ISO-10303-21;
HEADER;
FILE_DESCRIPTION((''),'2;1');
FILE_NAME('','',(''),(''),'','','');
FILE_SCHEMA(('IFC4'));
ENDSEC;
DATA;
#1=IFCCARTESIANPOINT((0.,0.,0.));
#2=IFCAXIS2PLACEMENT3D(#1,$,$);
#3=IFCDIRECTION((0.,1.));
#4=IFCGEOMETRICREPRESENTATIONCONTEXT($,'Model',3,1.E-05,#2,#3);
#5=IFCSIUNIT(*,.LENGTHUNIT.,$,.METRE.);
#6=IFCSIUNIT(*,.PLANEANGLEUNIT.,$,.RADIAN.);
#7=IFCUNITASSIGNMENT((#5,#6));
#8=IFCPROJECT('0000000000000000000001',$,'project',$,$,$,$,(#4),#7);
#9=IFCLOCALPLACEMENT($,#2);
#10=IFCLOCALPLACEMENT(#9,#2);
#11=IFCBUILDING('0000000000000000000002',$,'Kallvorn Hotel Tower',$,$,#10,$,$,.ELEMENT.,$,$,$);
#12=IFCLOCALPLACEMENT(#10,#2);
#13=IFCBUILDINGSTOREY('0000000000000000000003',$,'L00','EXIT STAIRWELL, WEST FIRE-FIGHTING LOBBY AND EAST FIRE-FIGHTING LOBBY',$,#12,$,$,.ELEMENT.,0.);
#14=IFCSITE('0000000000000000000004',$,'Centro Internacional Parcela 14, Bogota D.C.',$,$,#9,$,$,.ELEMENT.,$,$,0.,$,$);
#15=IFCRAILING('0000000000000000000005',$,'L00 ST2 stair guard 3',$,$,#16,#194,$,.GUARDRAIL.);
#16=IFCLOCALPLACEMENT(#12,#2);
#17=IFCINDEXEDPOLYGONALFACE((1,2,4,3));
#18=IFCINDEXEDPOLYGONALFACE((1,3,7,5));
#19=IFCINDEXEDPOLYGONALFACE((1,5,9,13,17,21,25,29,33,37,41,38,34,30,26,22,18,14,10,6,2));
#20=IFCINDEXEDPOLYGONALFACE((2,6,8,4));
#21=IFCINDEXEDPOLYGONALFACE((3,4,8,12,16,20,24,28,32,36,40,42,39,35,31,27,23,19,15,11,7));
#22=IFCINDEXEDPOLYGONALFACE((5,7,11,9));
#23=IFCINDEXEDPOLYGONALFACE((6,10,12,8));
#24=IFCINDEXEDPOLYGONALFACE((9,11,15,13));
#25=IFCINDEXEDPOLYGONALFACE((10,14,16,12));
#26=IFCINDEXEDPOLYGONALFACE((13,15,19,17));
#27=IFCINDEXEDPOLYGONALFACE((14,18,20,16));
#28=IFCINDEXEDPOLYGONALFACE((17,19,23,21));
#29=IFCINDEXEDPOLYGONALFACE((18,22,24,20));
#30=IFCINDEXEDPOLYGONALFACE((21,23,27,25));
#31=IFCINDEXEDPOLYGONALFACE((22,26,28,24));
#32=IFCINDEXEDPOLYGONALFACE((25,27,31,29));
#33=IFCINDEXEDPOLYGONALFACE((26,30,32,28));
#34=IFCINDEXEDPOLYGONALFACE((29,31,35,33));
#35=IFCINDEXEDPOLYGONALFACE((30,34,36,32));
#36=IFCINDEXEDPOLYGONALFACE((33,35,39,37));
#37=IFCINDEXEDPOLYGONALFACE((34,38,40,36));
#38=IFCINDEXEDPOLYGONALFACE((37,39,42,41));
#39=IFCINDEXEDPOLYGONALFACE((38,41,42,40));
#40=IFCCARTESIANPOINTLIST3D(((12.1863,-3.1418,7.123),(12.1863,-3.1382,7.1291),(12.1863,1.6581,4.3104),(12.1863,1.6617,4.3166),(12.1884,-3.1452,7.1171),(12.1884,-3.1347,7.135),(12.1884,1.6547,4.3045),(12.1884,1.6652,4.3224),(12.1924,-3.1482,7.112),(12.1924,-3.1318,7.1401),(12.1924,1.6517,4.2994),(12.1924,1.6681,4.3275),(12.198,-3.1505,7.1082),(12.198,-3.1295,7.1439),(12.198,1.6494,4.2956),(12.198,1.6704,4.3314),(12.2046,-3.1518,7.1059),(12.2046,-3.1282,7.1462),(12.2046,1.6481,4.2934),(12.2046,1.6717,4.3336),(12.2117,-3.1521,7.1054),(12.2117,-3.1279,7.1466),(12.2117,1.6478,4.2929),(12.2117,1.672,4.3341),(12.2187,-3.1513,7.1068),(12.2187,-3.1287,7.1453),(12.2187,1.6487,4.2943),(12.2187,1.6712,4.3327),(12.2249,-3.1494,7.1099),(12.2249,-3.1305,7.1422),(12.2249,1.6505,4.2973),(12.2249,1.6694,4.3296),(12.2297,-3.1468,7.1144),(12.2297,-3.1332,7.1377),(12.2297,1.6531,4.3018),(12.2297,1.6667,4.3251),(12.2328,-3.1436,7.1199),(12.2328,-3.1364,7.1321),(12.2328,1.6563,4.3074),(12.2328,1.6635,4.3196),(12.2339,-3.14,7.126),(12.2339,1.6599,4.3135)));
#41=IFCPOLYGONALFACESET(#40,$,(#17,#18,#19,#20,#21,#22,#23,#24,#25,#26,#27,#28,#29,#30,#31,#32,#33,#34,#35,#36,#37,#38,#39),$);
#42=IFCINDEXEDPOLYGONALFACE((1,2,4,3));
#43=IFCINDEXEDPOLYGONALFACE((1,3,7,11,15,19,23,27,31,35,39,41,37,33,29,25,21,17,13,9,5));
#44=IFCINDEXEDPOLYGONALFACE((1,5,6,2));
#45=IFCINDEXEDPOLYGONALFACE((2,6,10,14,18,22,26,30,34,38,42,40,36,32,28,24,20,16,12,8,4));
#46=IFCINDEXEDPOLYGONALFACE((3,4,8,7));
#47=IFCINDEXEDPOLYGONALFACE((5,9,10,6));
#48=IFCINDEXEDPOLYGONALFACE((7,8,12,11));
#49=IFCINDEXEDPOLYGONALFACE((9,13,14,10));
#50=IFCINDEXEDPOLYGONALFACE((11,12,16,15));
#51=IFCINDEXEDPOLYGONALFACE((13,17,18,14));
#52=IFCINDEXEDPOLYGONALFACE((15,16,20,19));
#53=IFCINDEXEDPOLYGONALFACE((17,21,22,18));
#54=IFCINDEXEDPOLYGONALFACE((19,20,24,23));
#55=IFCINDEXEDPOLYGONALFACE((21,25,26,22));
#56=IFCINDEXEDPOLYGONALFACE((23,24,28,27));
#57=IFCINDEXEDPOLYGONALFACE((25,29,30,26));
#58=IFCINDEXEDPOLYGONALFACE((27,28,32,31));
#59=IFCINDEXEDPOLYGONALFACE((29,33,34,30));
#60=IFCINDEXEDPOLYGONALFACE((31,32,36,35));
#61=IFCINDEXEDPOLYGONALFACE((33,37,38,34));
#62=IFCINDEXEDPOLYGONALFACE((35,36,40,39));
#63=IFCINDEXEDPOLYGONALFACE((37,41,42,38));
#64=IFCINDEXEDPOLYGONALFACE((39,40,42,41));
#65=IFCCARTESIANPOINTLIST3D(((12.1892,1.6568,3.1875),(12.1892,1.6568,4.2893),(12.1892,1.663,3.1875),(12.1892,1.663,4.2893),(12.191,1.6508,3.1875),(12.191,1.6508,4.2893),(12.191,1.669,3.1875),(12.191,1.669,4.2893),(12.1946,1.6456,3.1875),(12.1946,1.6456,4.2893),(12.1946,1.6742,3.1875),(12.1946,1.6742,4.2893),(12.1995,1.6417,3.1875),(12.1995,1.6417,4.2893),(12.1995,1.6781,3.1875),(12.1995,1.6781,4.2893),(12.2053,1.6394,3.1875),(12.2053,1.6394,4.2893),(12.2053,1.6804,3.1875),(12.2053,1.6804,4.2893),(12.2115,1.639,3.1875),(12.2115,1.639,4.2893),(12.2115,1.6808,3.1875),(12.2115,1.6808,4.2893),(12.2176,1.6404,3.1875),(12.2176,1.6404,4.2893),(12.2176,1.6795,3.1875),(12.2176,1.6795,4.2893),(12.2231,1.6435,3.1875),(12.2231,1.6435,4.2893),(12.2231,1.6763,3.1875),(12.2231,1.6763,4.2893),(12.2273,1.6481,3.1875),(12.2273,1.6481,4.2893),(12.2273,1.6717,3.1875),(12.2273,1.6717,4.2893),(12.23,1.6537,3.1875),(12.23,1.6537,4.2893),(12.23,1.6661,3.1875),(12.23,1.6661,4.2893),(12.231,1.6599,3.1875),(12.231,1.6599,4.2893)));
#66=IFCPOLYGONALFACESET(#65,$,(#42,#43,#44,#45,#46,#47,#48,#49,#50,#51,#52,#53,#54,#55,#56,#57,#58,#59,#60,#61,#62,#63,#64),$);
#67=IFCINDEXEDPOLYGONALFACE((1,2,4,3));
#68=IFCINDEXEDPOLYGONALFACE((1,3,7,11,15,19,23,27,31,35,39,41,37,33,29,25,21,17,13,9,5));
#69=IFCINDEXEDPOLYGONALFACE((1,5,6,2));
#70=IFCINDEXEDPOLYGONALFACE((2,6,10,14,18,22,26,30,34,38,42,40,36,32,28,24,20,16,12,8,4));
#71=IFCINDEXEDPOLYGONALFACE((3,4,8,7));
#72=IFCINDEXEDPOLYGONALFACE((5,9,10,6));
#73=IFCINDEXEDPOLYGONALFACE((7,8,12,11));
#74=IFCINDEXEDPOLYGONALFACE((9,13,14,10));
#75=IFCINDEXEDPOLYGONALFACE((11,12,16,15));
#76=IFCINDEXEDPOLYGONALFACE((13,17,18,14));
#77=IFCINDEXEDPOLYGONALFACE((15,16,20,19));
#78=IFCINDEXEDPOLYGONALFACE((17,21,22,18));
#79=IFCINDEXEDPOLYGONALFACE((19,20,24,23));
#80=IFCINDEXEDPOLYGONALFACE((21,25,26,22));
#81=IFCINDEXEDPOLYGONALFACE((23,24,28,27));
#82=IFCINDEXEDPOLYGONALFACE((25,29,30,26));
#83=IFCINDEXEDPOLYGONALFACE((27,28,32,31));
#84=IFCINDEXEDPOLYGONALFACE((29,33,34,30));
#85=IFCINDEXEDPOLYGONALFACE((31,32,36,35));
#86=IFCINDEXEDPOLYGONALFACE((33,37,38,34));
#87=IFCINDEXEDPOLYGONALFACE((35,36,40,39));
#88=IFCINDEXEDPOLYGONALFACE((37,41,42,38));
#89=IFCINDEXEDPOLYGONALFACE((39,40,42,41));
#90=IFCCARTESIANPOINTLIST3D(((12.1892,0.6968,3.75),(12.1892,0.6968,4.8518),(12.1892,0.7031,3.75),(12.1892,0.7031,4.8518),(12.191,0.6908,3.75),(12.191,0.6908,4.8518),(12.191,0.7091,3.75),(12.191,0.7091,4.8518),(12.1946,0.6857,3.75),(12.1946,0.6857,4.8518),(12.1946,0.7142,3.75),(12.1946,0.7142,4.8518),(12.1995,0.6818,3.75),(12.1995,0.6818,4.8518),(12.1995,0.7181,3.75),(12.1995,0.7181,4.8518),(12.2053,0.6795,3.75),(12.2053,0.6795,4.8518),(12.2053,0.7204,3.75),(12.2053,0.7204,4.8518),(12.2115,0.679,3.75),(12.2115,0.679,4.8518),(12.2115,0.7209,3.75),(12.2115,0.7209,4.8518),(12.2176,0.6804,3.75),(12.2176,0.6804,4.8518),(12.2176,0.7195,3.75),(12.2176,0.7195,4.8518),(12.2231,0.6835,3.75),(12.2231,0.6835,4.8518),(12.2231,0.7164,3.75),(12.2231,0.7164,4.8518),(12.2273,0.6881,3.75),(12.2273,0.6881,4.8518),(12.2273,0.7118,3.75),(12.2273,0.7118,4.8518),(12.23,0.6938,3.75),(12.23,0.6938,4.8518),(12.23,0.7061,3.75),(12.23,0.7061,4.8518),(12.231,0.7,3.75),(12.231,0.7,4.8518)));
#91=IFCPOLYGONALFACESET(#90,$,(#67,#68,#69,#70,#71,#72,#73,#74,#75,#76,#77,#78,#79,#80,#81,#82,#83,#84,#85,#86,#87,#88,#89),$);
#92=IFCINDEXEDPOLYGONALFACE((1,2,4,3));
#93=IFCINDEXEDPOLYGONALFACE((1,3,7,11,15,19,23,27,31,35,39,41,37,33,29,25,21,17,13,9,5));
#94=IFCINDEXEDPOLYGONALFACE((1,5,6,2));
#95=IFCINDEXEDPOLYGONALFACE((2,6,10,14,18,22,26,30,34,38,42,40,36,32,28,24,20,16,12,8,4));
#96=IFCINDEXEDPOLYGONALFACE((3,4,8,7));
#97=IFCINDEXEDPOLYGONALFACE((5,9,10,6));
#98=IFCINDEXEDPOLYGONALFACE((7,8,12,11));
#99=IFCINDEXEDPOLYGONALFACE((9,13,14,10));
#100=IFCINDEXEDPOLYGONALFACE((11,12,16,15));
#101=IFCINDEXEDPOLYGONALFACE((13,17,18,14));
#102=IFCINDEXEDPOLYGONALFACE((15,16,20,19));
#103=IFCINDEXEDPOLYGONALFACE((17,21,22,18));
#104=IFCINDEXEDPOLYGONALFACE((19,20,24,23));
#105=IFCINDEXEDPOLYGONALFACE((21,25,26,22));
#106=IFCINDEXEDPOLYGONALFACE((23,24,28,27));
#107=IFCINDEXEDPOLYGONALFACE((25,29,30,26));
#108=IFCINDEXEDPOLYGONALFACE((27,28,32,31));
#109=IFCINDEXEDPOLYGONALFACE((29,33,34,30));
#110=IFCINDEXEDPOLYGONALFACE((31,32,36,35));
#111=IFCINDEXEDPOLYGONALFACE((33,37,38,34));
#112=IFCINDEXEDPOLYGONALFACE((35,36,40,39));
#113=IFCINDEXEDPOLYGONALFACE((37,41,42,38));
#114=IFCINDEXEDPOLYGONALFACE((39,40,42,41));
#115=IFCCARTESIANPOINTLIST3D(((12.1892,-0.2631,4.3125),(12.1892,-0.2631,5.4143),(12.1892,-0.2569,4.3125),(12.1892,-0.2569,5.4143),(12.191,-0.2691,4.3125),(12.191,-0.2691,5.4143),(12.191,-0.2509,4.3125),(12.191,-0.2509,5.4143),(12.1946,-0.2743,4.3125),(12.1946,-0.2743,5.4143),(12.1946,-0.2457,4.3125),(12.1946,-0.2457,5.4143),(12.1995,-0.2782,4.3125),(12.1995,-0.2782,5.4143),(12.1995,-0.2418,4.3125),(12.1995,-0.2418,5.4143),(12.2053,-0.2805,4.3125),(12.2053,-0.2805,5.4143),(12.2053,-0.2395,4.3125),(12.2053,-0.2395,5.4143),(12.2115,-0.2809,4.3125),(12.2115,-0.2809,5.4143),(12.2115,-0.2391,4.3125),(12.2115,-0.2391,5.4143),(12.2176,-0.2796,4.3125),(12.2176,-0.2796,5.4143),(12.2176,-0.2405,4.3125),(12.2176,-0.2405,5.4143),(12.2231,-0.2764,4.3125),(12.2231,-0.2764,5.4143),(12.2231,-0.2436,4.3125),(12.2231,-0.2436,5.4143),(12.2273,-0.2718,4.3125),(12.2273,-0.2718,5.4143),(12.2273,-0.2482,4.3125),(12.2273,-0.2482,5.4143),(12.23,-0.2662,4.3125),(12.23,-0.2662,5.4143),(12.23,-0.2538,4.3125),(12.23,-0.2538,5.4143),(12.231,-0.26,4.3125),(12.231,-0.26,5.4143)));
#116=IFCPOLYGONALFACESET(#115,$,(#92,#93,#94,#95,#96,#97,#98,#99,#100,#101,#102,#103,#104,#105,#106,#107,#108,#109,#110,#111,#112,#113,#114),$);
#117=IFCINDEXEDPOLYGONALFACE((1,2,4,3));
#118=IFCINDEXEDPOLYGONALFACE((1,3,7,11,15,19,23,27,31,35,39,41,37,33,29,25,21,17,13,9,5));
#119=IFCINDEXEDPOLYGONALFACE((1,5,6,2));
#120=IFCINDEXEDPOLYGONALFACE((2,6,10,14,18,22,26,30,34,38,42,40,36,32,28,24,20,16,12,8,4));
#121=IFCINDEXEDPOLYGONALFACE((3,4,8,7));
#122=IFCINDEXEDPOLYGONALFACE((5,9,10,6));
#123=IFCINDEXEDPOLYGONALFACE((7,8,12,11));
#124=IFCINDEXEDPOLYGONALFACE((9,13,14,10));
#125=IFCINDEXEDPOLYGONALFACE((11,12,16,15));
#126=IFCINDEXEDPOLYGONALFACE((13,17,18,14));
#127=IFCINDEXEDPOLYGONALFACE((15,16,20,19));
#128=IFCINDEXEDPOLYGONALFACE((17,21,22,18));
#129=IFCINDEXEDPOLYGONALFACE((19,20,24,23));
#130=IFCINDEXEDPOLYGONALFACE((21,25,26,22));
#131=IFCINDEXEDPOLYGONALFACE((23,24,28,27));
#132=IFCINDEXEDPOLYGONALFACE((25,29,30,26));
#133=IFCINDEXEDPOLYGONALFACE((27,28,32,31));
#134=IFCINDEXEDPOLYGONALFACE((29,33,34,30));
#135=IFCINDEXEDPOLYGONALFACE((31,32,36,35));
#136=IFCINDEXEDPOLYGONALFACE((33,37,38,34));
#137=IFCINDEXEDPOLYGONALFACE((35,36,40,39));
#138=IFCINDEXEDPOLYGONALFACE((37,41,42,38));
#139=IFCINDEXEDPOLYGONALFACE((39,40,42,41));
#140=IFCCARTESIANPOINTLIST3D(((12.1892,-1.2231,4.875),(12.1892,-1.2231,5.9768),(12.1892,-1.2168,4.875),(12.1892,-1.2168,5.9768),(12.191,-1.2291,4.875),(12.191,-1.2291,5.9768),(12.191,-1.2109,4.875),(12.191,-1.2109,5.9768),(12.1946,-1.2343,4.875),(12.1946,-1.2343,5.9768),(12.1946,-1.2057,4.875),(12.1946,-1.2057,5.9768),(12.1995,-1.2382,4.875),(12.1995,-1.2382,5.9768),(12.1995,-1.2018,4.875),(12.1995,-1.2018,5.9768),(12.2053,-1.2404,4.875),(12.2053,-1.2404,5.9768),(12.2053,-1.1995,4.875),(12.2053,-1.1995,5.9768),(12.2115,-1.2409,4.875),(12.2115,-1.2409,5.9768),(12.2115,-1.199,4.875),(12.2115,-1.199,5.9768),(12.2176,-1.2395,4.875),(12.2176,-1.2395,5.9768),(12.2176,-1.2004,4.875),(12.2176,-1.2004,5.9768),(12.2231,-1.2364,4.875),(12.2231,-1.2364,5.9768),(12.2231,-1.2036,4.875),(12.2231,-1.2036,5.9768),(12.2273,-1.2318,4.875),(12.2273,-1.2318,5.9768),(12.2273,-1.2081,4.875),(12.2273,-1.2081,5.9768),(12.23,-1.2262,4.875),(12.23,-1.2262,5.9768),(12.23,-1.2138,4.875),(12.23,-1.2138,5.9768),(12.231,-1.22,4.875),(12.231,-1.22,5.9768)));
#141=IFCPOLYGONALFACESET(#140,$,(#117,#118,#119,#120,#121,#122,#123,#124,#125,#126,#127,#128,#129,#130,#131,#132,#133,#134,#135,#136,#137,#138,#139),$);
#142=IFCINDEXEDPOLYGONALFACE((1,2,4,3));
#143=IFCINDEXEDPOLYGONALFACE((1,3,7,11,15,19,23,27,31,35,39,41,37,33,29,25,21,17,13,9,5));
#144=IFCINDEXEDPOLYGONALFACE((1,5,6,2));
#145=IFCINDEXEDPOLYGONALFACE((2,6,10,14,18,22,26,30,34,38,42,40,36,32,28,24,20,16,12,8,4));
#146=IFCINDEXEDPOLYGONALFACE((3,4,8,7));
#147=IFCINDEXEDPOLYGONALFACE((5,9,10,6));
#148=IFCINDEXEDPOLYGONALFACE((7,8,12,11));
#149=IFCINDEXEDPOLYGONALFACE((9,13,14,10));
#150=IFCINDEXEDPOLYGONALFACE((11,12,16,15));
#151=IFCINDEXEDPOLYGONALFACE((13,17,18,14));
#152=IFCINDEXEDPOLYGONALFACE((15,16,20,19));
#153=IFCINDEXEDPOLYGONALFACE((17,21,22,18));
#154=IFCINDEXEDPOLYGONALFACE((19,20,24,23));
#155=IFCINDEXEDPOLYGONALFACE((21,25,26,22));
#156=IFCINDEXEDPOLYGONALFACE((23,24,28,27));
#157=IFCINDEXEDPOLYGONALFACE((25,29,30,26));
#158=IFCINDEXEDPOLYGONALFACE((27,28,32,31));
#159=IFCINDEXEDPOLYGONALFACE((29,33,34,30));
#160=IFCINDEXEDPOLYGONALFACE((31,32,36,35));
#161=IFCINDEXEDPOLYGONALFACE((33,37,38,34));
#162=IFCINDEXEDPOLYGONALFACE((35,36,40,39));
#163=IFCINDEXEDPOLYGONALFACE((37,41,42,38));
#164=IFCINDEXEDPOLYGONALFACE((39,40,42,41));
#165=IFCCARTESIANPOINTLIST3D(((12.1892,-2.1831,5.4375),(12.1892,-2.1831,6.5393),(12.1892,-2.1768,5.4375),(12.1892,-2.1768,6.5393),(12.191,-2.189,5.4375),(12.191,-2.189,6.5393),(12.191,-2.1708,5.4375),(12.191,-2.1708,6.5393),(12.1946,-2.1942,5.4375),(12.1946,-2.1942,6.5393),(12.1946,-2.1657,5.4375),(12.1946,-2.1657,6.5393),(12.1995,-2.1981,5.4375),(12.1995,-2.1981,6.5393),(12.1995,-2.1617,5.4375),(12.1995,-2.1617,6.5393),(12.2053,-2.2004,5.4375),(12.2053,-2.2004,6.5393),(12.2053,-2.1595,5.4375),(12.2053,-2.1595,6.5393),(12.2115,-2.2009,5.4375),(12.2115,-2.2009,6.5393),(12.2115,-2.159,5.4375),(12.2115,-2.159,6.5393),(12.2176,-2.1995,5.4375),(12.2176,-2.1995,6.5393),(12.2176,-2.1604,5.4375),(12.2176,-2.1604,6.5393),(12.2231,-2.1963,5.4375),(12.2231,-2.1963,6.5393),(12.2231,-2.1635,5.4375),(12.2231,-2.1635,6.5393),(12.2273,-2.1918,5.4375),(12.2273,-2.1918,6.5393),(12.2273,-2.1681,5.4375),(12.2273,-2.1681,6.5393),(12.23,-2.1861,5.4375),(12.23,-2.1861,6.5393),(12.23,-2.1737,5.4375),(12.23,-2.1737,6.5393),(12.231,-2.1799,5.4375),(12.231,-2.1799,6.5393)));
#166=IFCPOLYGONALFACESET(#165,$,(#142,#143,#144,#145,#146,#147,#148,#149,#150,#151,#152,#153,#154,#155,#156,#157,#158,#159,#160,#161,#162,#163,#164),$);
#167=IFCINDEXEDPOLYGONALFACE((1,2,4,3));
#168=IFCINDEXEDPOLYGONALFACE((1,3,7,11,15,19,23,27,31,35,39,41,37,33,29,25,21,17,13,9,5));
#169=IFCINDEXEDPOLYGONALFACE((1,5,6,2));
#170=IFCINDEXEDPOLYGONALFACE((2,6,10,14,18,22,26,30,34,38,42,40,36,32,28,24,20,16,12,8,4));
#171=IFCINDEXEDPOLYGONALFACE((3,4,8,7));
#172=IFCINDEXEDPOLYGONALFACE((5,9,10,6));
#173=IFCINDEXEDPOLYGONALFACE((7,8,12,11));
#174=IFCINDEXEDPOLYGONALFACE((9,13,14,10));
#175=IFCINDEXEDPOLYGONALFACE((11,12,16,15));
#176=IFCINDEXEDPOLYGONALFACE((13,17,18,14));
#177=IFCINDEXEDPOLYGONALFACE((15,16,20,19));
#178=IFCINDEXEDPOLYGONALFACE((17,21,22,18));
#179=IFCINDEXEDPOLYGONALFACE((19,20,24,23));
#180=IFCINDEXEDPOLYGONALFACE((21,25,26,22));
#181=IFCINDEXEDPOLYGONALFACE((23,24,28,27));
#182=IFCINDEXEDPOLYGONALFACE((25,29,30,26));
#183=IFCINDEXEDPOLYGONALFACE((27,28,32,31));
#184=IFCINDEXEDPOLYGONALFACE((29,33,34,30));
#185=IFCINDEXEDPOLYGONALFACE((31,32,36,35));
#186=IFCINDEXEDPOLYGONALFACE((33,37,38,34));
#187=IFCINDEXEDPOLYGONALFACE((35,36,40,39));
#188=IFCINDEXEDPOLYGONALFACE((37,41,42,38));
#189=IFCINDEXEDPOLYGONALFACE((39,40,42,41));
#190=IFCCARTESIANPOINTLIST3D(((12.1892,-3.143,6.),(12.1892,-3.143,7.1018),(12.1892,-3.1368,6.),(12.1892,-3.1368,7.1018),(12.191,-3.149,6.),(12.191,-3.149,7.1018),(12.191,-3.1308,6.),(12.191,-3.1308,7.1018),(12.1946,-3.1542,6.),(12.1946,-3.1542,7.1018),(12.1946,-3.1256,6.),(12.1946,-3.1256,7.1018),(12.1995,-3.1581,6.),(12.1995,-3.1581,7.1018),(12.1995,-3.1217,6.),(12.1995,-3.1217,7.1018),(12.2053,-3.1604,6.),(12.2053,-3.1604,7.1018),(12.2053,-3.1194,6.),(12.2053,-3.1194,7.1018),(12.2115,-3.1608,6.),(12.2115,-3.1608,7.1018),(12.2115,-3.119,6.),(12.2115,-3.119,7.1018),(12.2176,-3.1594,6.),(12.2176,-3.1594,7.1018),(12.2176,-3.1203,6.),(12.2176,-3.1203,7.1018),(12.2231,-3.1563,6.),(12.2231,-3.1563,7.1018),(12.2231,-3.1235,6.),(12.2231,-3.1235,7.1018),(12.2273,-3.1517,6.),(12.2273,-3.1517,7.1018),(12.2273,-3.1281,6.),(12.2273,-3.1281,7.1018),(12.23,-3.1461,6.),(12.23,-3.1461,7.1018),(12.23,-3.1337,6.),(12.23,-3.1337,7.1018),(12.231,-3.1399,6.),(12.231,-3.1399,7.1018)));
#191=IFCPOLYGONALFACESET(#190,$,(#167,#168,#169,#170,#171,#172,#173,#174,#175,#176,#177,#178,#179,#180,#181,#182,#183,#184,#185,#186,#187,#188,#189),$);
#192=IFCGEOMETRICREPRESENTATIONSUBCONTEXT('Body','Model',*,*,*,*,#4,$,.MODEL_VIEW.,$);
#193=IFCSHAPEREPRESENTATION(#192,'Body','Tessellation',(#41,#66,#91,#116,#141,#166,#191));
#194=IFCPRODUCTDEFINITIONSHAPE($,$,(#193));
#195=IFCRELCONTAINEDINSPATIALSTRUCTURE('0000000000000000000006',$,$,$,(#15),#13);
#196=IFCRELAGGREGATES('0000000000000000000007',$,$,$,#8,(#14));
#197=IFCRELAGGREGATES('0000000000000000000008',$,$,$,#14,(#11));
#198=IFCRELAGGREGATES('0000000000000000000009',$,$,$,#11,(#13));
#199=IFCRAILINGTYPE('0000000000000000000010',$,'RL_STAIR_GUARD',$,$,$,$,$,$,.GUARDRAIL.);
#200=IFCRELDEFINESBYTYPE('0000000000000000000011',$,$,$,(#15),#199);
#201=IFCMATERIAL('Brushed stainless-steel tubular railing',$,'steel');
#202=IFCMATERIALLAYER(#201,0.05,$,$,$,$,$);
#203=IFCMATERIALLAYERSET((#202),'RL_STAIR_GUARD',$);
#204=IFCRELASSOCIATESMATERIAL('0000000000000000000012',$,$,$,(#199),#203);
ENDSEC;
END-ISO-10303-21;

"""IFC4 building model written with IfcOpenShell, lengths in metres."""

from ifc_helpers import new_model, si_unit, direction, frame, origin, origin_2d, place, context, subcontext, project, spatial, circle, extrude, material, layer, layer_set, type_object, element, save


model = new_model("IFC4")

# Units and contexts
model_context = context("Model", 3, precision=1e-05, world=origin(), true_north=direction((0.0, 1.0)))
body_context = subcontext(model_context, "Body", "Model", "MODEL_VIEW")
ifc_project = project(units=[si_unit("LENGTHUNIT", "METRE"), si_unit("PLANEANGLEUNIT", "RADIAN")], contexts=[model_context])

# Site, building, storey
site_placement = place(None, origin())
site = spatial("IfcSite", under=ifc_project, at=site_placement, Name="Centro Internacional Parcela 14, Bogota D.C.", CompositionType="ELEMENT", RefElevation=0.0)
building_placement = place(site_placement, origin())
building = spatial("IfcBuilding", under=site, at=building_placement, Name="Kallvorn Hotel Tower", CompositionType="ELEMENT")
storey_placement = place(building_placement, origin())
storey = spatial("IfcBuildingStorey", under=building, at=storey_placement, Name="L00", Description="EXIT STAIRWELL, WEST FIRE-FIGHTING LOBBY AND EAST FIRE-FIGHTING LOBBY", CompositionType="ELEMENT", Elevation=0.0)

# Railing
ifc_material_1 = material(Name="Brushed stainless-steel tubular railing", Category="steel")
ifc_layer_1 = layer(ifc_material_1, 0.05)
ifc_layer_set_1 = layer_set([ifc_layer_1], Name="RL_STAIR_GUARD")
railing_type_1 = type_object("IfcRailingType", Name="RL_STAIR_GUARD", PredefinedType="GUARDRAIL", material=ifc_layer_set_1)
railing_1_placement = place(storey_placement, frame((12.21, 1.6599, 3.1875)))
element("IfcRailing", 1, at=railing_1_placement, inside=storey, type_object=railing_type_1, Name="L00 ST2 stair guard 3", PredefinedType="GUARDRAIL", context=body_context, shape_type="SweptSolid", body=[
    extrude(circle(Radius=0.0239, at=origin_2d()), frame((0.0, 0.0, 1.126), z_axis=(0.0, -0.86279, 0.505562), x_axis=(1.0, 0.0, 0.0)), (0.0, 0.0, 1.0), 5.5632),
    extrude(circle(Radius=0.021, at=origin_2d()), origin(), (0.0, 0.0, 1.0), 1.1018),
    extrude(circle(Radius=0.021, at=origin_2d()), frame((0.0, -0.96, 0.5625)), (0.0, 0.0, 1.0), 1.1018),
    extrude(circle(Radius=0.021, at=origin_2d()), frame((0.0, -1.9199, 1.125)), (0.0, 0.0, 1.0), 1.1018),
    extrude(circle(Radius=0.021, at=origin_2d()), frame((0.0, -2.8799, 1.6875)), (0.0, 0.0, 1.0), 1.1018),
    extrude(circle(Radius=0.021, at=origin_2d()), frame((0.0, -3.8398, 2.25)), (0.0, 0.0, 1.0), 1.1018),
    extrude(circle(Radius=0.021, at=origin_2d()), frame((0.0, -4.7998, 2.8125)), (0.0, 0.0, 1.0), 1.1018),
])

save(model, "model.ifc")
